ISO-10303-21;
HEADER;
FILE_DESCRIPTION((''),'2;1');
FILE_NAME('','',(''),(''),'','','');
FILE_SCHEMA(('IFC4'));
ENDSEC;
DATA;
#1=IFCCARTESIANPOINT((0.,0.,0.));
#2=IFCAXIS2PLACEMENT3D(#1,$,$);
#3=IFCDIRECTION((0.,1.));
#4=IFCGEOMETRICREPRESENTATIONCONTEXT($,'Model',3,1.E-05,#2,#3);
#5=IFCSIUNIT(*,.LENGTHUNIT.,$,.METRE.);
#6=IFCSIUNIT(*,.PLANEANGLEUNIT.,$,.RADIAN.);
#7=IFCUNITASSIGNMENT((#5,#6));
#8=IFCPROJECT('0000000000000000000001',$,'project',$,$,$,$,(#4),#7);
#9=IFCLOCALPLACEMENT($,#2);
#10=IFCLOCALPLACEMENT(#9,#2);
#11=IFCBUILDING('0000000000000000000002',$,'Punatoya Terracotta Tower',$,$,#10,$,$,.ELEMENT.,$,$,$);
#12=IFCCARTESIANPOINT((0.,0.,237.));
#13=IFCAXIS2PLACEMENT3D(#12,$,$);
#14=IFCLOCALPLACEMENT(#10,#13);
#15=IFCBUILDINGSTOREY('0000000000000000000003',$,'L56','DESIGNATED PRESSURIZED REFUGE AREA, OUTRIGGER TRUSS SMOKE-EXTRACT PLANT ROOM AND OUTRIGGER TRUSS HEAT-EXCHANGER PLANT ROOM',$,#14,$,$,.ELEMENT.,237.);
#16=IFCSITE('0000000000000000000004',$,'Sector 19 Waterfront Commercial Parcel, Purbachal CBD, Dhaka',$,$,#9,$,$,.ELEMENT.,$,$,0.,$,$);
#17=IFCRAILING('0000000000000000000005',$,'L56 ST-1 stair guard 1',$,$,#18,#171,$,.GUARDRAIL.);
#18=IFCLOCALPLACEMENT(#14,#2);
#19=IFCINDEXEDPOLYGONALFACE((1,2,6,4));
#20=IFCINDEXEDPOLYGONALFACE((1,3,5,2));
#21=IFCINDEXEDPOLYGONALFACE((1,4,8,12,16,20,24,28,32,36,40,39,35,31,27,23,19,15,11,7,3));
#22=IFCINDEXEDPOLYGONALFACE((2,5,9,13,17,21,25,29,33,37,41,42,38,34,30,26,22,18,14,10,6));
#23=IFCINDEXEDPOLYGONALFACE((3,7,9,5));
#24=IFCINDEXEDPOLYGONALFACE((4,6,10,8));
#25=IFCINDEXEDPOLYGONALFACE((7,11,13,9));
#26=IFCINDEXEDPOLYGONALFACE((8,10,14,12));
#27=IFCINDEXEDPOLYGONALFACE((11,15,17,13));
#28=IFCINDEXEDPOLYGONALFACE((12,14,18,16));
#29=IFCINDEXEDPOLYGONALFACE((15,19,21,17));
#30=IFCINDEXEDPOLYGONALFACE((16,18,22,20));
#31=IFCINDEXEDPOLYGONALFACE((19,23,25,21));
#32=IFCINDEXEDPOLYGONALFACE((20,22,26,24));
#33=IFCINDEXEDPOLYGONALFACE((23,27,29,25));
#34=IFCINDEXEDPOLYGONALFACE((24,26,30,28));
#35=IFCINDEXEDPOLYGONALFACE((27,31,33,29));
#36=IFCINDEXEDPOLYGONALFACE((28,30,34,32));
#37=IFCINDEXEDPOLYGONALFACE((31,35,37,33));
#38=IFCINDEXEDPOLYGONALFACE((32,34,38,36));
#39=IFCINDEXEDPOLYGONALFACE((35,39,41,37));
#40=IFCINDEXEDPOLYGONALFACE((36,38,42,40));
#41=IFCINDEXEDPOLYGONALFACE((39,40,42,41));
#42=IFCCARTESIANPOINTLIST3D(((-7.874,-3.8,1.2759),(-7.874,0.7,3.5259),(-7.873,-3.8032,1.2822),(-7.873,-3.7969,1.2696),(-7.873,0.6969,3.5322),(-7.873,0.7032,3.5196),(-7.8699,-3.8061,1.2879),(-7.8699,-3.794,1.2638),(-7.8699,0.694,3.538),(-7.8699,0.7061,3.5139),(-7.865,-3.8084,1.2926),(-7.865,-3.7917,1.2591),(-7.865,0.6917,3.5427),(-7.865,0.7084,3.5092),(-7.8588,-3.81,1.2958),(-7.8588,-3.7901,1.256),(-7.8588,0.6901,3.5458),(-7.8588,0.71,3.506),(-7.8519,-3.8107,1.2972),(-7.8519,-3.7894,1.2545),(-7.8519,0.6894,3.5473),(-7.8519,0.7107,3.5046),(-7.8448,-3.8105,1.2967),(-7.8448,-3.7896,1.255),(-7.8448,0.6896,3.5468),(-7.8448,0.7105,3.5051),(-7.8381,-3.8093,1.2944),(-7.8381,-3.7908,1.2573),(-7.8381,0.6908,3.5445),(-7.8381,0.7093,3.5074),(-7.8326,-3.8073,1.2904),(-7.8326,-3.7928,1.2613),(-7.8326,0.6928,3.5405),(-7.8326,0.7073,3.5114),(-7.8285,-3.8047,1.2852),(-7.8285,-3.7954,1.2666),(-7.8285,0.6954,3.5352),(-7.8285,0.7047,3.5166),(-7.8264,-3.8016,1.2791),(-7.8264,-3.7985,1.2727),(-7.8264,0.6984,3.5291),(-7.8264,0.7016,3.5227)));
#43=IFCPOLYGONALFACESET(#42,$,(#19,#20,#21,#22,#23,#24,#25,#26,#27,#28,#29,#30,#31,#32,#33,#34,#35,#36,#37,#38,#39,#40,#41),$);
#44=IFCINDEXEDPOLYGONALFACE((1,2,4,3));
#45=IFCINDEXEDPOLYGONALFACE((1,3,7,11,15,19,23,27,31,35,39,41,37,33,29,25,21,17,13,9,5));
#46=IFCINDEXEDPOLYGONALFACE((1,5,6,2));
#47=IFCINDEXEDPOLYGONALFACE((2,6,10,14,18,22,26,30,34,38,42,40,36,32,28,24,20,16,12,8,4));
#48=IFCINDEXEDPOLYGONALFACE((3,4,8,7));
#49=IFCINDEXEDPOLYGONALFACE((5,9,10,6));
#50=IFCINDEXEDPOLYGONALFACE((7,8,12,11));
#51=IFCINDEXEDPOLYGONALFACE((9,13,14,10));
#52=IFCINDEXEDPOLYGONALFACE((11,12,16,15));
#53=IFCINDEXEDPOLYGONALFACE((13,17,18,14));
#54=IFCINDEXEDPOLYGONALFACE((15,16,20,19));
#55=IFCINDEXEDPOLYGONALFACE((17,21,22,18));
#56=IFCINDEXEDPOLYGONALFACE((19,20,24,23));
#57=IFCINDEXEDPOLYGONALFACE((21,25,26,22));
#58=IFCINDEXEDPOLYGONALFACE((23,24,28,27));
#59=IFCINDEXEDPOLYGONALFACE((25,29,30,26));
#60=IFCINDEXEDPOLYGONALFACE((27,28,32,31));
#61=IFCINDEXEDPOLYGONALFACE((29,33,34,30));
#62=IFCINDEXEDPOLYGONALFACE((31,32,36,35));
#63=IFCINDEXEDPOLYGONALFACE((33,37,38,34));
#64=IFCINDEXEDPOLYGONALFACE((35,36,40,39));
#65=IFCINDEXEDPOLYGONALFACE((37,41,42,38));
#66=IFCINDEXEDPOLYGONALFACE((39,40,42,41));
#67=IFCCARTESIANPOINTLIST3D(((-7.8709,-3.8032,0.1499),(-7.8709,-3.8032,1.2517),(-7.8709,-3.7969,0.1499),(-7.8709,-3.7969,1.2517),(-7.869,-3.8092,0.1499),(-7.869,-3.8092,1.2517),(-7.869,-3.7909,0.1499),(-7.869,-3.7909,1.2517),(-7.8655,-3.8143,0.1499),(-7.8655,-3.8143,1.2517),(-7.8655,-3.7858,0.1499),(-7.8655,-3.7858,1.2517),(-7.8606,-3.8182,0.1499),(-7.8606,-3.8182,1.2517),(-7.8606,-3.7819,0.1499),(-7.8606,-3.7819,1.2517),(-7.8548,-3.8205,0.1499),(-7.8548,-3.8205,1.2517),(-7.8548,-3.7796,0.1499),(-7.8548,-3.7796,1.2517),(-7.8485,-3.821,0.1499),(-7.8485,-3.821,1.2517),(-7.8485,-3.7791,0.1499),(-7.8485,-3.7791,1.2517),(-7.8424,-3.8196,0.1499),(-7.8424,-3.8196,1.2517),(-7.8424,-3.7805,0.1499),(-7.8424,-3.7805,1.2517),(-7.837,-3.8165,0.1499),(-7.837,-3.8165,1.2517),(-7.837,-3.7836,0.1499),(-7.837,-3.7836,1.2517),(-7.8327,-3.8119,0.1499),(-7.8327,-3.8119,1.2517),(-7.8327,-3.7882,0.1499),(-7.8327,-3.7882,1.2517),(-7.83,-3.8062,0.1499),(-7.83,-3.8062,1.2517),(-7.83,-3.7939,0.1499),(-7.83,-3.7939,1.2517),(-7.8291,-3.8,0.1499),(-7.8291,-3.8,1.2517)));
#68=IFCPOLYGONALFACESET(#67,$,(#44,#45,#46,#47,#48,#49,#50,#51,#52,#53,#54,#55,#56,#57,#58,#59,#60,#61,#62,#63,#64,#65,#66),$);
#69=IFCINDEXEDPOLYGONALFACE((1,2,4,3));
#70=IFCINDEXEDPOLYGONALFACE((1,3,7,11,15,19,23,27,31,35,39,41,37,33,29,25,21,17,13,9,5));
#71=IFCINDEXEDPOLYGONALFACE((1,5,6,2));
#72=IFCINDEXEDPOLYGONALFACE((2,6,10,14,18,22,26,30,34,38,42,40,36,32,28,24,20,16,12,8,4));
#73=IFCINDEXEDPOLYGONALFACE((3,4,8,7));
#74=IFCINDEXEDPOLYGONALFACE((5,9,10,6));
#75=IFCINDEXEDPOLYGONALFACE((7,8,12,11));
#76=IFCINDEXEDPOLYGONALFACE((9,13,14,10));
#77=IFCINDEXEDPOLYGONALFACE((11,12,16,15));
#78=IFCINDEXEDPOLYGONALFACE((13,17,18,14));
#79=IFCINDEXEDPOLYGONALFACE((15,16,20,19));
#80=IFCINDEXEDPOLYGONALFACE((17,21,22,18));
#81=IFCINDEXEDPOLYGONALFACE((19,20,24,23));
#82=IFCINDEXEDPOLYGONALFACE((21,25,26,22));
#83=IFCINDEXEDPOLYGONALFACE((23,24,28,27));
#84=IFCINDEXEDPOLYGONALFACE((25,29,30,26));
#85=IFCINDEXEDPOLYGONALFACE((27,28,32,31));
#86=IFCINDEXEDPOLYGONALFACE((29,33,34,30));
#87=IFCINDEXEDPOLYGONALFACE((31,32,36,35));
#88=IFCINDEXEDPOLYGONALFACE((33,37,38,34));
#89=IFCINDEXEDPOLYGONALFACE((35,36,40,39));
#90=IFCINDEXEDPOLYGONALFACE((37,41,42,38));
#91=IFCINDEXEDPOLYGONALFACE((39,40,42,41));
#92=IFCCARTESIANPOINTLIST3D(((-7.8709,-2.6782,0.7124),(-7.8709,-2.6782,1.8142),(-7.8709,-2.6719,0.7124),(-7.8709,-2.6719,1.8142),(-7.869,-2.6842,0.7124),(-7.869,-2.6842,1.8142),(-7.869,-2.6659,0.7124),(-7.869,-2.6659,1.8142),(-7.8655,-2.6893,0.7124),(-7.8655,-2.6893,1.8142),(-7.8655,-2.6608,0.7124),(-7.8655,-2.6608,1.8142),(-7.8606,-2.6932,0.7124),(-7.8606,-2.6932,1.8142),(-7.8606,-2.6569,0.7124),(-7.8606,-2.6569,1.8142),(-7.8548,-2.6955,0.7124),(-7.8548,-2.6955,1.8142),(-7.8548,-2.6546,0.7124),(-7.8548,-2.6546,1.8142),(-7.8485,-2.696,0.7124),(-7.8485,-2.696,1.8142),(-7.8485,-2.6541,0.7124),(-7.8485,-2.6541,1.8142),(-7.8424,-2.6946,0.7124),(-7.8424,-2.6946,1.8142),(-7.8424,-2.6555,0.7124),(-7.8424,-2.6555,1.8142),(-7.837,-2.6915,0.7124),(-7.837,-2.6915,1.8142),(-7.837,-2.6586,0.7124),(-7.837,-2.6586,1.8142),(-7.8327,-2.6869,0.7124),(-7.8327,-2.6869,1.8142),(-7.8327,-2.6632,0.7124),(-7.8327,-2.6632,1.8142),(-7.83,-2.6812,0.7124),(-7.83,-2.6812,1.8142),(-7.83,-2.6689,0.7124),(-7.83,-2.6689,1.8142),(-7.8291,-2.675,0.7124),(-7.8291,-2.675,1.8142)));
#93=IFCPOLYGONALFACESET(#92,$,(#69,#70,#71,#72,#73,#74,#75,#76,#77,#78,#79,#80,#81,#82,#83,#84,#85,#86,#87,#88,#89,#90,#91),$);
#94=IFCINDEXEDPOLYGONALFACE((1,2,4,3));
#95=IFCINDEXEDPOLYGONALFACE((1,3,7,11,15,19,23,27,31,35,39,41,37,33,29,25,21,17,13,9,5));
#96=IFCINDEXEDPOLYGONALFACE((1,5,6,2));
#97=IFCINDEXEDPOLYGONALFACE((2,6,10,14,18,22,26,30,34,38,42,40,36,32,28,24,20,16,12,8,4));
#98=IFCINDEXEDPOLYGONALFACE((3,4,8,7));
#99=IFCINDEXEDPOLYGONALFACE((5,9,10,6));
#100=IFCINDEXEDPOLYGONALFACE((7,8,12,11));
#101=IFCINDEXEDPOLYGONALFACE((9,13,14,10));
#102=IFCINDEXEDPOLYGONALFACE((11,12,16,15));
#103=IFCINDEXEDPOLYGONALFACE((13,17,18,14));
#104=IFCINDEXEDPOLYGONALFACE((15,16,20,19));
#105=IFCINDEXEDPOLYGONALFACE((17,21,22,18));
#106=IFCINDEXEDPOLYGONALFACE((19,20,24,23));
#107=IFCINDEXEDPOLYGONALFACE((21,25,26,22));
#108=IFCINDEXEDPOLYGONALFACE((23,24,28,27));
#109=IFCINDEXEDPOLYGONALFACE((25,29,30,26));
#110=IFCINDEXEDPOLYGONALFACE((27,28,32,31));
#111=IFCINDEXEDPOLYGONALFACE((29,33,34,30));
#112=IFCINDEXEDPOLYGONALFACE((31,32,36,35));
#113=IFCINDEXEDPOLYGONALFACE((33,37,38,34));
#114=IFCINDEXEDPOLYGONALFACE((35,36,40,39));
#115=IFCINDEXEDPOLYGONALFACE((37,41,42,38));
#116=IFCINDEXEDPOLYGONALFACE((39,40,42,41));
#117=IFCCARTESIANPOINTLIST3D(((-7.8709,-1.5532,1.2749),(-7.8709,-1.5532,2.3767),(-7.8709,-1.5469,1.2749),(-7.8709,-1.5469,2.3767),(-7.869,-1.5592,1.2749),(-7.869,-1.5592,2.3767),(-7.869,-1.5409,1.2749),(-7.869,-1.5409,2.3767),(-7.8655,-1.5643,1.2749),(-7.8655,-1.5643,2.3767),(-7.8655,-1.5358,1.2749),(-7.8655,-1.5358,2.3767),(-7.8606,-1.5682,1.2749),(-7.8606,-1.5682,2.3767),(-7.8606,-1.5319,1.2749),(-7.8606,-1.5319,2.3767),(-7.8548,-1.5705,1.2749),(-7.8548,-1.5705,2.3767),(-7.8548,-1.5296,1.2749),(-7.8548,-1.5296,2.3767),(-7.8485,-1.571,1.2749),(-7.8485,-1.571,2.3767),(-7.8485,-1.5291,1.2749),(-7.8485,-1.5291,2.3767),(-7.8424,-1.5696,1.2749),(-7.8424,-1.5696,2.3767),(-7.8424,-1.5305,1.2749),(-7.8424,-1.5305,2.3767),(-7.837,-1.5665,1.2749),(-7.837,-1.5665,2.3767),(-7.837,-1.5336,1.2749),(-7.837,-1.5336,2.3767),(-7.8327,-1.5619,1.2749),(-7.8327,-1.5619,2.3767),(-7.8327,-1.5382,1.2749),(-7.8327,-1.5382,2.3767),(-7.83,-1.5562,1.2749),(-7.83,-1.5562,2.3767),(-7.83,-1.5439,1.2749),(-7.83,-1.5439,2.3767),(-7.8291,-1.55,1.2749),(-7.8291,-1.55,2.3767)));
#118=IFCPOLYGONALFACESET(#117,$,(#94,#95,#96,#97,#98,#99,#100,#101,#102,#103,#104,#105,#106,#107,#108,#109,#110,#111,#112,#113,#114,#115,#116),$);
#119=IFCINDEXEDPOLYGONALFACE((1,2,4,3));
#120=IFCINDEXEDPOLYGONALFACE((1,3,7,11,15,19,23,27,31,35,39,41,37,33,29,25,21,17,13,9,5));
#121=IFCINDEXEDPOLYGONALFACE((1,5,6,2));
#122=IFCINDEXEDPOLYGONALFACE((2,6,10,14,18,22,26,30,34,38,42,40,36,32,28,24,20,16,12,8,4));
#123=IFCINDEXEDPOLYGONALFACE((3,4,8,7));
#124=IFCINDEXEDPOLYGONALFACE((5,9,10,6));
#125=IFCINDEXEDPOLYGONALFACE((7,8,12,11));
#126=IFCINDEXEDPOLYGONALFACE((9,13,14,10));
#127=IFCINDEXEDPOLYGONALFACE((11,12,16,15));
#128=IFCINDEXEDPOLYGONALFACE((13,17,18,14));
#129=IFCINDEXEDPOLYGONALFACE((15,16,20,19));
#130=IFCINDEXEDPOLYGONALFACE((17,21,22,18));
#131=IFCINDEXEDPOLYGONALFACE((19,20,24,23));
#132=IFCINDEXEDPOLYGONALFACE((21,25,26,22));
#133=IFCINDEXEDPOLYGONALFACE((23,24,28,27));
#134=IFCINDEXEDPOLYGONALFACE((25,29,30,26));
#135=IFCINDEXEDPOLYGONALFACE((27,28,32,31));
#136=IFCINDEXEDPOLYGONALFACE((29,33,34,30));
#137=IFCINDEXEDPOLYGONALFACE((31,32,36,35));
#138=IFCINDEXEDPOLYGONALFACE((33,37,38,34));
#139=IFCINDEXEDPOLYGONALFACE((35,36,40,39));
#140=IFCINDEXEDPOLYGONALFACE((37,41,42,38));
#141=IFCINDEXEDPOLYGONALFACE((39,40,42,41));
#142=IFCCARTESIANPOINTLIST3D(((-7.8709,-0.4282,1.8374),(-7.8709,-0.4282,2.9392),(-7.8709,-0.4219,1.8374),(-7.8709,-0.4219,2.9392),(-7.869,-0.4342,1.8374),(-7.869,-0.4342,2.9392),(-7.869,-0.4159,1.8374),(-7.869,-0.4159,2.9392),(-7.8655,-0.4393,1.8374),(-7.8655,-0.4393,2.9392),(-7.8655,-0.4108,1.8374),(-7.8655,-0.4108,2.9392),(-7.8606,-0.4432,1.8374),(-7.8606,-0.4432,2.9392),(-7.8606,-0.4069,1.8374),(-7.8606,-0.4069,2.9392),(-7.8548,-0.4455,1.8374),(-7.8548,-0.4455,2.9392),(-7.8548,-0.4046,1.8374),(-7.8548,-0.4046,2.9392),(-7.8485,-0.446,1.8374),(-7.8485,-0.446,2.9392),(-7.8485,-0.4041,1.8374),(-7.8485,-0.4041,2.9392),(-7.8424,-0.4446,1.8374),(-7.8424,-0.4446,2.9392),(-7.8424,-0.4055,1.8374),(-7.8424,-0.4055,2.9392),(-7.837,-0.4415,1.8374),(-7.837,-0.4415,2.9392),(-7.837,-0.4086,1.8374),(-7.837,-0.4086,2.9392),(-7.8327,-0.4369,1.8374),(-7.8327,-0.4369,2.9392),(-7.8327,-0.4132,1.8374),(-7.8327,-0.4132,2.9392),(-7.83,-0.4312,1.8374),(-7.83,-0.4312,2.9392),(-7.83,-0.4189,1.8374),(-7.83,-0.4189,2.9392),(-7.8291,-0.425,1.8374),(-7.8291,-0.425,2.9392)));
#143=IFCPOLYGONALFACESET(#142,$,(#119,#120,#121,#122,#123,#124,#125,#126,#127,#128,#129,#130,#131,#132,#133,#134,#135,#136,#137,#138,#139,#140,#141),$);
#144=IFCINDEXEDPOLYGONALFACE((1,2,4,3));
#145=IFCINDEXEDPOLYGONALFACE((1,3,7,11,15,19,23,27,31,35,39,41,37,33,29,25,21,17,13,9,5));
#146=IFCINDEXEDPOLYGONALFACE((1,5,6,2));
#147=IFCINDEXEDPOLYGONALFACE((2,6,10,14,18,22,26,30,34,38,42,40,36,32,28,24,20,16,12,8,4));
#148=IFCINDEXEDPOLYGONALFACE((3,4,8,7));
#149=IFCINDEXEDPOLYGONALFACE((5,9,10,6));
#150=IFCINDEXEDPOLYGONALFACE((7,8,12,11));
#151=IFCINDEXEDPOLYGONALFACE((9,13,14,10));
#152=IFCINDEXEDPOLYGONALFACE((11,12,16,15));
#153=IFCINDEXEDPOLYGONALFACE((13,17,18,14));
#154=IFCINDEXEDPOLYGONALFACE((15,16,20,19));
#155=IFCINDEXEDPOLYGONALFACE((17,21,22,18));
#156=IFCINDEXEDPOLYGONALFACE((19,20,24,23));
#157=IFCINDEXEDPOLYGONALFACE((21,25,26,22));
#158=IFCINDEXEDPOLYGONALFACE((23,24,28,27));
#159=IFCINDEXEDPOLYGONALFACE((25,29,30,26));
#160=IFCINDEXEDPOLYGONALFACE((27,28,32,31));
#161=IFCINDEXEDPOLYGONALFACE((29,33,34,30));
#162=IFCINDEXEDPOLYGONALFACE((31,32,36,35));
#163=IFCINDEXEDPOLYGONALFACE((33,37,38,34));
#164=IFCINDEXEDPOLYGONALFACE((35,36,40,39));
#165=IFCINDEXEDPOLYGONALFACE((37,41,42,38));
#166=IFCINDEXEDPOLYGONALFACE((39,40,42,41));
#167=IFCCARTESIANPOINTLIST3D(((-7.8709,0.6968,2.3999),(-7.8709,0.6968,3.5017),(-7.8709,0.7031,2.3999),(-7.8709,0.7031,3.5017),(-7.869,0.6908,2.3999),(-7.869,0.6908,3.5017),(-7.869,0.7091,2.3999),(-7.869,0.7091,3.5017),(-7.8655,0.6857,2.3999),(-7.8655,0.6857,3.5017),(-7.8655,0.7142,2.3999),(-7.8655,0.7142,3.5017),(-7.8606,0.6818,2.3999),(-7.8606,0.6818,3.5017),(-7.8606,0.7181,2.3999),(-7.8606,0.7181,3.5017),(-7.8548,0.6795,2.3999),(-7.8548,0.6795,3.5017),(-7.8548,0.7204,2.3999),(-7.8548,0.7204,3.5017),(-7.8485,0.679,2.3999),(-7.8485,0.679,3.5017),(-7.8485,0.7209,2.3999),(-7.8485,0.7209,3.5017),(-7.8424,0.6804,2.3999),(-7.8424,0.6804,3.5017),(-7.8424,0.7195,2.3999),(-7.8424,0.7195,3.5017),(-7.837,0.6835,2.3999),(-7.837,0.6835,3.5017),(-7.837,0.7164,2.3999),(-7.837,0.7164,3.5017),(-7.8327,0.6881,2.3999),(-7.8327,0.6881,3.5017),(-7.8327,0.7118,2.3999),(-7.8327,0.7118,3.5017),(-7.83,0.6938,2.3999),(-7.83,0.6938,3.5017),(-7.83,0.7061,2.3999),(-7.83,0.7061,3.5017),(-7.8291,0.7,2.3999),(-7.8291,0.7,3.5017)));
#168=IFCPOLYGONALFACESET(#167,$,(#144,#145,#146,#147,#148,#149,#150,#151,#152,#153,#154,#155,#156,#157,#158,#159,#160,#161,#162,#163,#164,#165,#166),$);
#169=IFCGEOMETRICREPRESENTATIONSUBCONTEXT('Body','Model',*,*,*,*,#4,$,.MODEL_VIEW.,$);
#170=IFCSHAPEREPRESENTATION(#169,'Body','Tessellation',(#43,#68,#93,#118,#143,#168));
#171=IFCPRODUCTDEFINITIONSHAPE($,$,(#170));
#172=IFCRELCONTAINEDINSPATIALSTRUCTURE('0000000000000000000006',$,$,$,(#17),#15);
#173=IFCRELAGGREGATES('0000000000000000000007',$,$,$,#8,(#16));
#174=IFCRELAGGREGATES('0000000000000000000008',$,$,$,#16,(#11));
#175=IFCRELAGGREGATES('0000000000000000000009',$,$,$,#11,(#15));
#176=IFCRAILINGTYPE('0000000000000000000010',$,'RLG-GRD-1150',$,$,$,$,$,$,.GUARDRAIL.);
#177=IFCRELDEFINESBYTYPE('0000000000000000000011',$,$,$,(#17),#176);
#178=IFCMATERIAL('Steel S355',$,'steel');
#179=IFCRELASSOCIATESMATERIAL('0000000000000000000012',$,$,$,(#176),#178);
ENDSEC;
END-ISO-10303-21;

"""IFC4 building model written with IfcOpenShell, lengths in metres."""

from ifc_helpers import new_model, si_unit, direction, frame, origin, origin_2d, place, context, subcontext, project, spatial, circle, extrude, material, type_object, element, save


model = new_model("IFC4")

# Units and contexts
model_context = context("Model", 3, precision=1e-05, world=origin(), true_north=direction((0.0, 1.0)))
body_context = subcontext(model_context, "Body", "Model", "MODEL_VIEW")
ifc_project = project(units=[si_unit("LENGTHUNIT", "METRE"), si_unit("PLANEANGLEUNIT", "RADIAN")], contexts=[model_context])

# Site, building, storey
site_placement = place(None, origin())
site = spatial("IfcSite", under=ifc_project, at=site_placement, Name="Sector 19 Waterfront Commercial Parcel, Purbachal CBD, Dhaka", CompositionType="ELEMENT", RefElevation=0.0)
building_placement = place(site_placement, origin())
building = spatial("IfcBuilding", under=site, at=building_placement, Name="Punatoya Terracotta Tower", CompositionType="ELEMENT")
storey_placement = place(building_placement, frame((0.0, 0.0, 237.0)))
storey = spatial("IfcBuildingStorey", under=building, at=storey_placement, Name="L56", Description="DESIGNATED PRESSURIZED REFUGE AREA, OUTRIGGER TRUSS SMOKE-EXTRACT PLANT ROOM AND OUTRIGGER TRUSS HEAT-EXCHANGER PLANT ROOM", CompositionType="ELEMENT", Elevation=237.0)

# Railing
ifc_material_1 = material(Name="Steel S355", Category="steel")
railing_type_1 = type_object("IfcRailingType", Name="RLG-GRD-1150", PredefinedType="GUARDRAIL", material=ifc_material_1)
railing_1_placement = place(storey_placement, frame((-7.8501, -3.8, 0.1499)))
element("IfcRailing", 1, at=railing_1_placement, inside=storey, type_object=railing_type_1, Name="L56 ST-1 stair guard 1", PredefinedType="GUARDRAIL", context=body_context, shape_type="SweptSolid", body=[
    extrude(circle(Radius=0.0239, at=origin_2d()), frame((0.0, 0.0, 1.126), z_axis=(0.0, 0.894427, 0.447214), x_axis=(-1.0, 0.0, 0.0)), (0.0, 0.0, 1.0), 5.0312),
    extrude(circle(Radius=0.021, at=origin_2d()), origin(), (0.0, 0.0, 1.0), 1.1018),
    extrude(circle(Radius=0.021, at=origin_2d()), frame((0.0, 1.125, 0.5625)), (0.0, 0.0, 1.0), 1.1018),
    extrude(circle(Radius=0.021, at=origin_2d()), frame((0.0, 2.25, 1.125)), (0.0, 0.0, 1.0), 1.1018),
    extrude(circle(Radius=0.021, at=origin_2d()), frame((0.0, 3.375, 1.6875)), (0.0, 0.0, 1.0), 1.1018),
    extrude(circle(Radius=0.021, at=origin_2d()), frame((0.0, 4.5, 2.25)), (0.0, 0.0, 1.0), 1.1018),
])

save(model, "model.ifc")
